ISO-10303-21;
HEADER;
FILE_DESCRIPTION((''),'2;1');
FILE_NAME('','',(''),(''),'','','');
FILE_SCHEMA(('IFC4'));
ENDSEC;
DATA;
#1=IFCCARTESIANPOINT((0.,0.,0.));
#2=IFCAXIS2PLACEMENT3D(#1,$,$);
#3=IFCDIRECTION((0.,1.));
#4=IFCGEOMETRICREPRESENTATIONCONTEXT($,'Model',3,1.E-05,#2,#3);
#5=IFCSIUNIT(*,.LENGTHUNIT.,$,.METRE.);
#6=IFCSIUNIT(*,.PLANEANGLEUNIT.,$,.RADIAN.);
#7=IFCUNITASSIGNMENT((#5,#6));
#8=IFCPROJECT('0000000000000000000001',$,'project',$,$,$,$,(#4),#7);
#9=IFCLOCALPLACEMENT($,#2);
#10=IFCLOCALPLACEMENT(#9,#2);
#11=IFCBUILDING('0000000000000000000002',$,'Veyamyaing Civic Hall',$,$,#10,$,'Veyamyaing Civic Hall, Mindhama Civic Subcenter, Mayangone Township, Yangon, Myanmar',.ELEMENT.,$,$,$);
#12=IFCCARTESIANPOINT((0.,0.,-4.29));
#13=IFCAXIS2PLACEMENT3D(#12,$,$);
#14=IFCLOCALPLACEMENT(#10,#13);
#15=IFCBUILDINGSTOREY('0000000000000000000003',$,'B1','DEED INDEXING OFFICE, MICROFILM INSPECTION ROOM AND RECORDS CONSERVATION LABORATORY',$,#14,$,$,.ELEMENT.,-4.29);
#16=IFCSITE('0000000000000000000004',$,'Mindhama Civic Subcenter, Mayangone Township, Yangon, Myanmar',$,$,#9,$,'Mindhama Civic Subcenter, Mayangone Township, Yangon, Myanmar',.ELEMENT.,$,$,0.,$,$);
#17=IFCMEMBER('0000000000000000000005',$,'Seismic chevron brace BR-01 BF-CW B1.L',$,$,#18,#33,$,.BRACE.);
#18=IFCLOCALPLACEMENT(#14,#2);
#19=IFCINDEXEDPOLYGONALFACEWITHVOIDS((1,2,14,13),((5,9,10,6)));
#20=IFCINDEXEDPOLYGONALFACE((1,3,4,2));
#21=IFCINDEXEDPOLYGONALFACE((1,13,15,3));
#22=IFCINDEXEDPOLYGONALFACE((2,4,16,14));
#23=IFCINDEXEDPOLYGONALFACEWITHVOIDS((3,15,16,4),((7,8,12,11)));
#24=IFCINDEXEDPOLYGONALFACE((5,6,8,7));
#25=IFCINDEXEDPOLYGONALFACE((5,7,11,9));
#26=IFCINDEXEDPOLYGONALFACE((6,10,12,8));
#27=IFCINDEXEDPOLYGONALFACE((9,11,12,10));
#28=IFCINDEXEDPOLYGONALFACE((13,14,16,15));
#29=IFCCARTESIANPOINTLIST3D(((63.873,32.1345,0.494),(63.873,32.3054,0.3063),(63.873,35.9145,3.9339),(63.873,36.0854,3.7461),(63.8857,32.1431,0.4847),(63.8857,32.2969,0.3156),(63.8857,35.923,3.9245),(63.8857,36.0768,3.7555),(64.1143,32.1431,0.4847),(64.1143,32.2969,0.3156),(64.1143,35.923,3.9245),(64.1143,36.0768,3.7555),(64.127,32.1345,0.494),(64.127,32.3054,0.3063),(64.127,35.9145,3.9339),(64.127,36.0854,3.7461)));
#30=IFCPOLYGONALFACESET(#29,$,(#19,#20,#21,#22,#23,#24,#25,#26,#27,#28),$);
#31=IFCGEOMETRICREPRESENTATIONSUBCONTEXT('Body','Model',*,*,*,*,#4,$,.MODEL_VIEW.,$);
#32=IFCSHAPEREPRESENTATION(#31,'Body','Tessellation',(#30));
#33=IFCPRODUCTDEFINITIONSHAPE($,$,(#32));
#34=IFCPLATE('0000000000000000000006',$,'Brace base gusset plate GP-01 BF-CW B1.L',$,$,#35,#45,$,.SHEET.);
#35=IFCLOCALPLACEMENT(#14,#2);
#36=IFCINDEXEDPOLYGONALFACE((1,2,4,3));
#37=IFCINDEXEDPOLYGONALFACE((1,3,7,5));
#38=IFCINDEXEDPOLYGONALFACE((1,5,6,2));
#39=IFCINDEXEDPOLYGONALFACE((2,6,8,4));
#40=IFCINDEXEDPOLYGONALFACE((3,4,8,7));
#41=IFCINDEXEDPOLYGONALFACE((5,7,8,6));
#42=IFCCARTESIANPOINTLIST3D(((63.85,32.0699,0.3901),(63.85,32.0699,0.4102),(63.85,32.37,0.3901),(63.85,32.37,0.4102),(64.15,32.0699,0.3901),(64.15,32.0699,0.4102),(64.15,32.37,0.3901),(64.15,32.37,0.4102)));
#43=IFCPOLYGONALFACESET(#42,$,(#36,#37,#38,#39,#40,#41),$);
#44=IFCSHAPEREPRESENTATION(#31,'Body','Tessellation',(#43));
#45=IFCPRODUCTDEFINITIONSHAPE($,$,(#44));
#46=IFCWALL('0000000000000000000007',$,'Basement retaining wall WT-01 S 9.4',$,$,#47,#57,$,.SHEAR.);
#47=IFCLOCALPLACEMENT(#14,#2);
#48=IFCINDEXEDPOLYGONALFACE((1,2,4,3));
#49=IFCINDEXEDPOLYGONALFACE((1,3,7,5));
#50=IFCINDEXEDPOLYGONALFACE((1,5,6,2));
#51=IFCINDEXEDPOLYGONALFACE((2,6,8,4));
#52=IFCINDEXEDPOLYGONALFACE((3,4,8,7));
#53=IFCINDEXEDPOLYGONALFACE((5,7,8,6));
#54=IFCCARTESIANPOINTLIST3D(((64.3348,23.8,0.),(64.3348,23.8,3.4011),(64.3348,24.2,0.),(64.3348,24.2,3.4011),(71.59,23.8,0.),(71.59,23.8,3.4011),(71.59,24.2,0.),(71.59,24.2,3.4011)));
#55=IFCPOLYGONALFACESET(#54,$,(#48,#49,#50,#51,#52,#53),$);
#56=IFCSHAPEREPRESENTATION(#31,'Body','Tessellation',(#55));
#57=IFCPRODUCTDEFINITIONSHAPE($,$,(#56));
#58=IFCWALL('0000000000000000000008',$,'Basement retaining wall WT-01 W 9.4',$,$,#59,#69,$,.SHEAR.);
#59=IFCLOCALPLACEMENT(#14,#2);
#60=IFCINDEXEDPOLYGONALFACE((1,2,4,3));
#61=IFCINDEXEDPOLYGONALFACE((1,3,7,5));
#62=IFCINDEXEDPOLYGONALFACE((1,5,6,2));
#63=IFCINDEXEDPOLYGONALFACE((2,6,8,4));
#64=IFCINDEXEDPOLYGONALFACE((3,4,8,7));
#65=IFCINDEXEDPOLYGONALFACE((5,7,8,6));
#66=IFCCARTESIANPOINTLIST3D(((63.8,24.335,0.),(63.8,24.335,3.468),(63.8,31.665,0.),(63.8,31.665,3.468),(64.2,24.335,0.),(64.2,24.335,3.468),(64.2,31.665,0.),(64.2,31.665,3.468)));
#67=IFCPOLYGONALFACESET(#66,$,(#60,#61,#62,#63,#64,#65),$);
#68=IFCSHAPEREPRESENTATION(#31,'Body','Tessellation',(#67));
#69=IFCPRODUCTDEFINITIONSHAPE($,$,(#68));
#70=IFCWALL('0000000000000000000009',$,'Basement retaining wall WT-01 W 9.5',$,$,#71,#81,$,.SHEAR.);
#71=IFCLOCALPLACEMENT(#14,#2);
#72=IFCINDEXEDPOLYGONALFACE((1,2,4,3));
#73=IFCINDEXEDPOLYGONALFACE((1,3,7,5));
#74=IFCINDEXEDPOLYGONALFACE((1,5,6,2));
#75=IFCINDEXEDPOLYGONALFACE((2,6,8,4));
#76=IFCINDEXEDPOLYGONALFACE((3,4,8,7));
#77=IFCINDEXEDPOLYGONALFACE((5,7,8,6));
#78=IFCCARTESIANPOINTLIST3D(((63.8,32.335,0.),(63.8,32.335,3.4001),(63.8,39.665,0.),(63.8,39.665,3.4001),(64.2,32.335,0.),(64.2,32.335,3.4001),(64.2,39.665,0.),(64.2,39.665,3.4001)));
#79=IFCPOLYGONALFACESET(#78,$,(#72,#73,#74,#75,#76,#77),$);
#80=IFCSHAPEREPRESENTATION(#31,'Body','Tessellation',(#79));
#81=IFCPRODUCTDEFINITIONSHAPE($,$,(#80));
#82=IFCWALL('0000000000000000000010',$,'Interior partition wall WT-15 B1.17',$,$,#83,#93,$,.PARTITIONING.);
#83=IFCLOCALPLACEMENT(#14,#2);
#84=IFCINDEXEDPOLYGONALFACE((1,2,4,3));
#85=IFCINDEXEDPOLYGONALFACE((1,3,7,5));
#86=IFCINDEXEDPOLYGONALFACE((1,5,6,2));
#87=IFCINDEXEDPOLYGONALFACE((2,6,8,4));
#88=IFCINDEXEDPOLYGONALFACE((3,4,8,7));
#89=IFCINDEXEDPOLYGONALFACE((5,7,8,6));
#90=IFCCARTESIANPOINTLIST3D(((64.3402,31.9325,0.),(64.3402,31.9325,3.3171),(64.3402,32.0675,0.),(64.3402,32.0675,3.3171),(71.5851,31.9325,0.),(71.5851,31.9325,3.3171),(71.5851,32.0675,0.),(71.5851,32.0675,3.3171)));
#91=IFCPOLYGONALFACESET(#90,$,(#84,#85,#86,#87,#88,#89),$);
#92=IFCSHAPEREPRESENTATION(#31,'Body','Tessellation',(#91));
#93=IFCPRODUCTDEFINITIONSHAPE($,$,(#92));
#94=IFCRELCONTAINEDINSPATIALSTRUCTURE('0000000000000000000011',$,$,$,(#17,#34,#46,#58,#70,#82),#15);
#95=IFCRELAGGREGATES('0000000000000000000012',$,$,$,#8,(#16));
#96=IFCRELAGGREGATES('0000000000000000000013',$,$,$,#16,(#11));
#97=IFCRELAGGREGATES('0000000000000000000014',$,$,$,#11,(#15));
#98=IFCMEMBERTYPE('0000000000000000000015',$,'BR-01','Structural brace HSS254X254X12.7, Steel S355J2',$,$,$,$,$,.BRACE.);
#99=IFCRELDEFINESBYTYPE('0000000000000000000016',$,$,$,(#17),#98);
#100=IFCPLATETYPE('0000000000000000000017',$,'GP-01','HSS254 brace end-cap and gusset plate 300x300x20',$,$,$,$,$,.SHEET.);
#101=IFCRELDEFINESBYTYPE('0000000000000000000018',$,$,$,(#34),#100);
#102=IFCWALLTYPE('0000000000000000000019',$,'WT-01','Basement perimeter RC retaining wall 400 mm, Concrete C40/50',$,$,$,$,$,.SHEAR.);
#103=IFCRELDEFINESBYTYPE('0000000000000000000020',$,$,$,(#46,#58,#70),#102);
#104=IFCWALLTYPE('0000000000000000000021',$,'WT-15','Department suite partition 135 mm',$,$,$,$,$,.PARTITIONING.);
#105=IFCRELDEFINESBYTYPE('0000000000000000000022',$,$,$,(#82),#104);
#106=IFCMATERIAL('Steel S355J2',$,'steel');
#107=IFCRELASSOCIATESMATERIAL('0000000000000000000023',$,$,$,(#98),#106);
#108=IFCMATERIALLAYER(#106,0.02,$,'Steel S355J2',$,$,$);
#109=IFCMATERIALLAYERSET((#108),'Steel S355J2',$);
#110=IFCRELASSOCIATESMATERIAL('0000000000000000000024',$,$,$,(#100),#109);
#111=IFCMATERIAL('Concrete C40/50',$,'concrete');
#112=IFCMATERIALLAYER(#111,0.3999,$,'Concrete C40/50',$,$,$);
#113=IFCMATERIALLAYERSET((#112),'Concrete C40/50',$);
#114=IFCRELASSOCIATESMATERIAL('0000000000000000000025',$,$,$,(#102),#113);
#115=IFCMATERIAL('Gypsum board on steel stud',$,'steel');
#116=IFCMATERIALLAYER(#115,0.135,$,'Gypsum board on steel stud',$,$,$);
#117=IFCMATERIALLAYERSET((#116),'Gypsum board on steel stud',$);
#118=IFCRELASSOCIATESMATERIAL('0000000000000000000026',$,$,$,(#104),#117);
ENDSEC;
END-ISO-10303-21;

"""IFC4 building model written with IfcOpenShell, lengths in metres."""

from ifc_helpers import new_model, si_unit, direction, frame, frame_2d, origin, origin_2d, place, context, subcontext, project, spatial, rectangle, hollow_rectangle, extrude, material, layer, layer_set, material_profile, profile_set, type_object, element, save


model = new_model("IFC4")

# Units and contexts
model_context = context("Model", 3, precision=1e-05, world=origin(), true_north=direction((0.0, 1.0)))
body_context = subcontext(model_context, "Body", "Model", "MODEL_VIEW")
ifc_project = project(units=[si_unit("LENGTHUNIT", "METRE"), si_unit("PLANEANGLEUNIT", "RADIAN")], contexts=[model_context])

# Site, building, storey
site_placement = place(None, origin())
site = spatial("IfcSite", under=ifc_project, at=site_placement, Name="Mindhama Civic Subcenter, Mayangone Township, Yangon, Myanmar", LongName="Mindhama Civic Subcenter, Mayangone Township, Yangon, Myanmar", CompositionType="ELEMENT", RefElevation=0.0)
building_placement = place(site_placement, origin())
building = spatial("IfcBuilding", under=site, at=building_placement, Name="Veyamyaing Civic Hall", LongName="Veyamyaing Civic Hall, Mindhama Civic Subcenter, Mayangone Township, Yangon, Myanmar", CompositionType="ELEMENT")
storey_placement = place(building_placement, frame((0.0, 0.0, -4.29)))
storey = spatial("IfcBuildingStorey", under=building, at=storey_placement, Name="B1", Description="DEED INDEXING OFFICE, MICROFILM INSPECTION ROOM AND RECORDS CONSERVATION LABORATORY", CompositionType="ELEMENT", Elevation=-4.29)

# Shared definitions
ifc_material_1 = material(Name="Concrete C40/50", Category="concrete")

# Shared definitions
ifc_material_2 = material(Name="Steel S355J2", Category="steel")

# Member
ifc_material_profile_1 = material_profile(ifc_material_2, hollow_rectangle(XDim=0.2539, YDim=0.2539, WallThickness=0.0127, at=origin_2d()), Name="HSS254X254X12.7")
ifc_profile_set_1 = profile_set([ifc_material_profile_1], Name="Steel S355J2")
member_type = type_object("IfcMemberType", Name="BR-01", Description="Structural brace HSS254X254X12.7, Steel S355J2", PredefinedType="BRACE", material=ifc_profile_set_1)
member_placement = place(storey_placement, frame((64.0, 32.22, 0.4001), z_axis=(0.0, 0.739594, 0.673053), x_axis=(-1.0, 0.0, 0.0)))
element("IfcMember", 1, at=member_placement, inside=storey, type_object=member_type, Name="Seismic chevron brace BR-01 BF-CW B1.L", PredefinedType="BRACE", context=body_context, shape_type="SweptSolid", body=[
    extrude(hollow_rectangle(XDim=0.2539, YDim=0.2539, WallThickness=0.0127, at=origin_2d()), origin(), (0.0, 0.0, 1.0), 5.1108),
])

# Plate
ifc_layer_1 = layer(ifc_material_2, 0.02, Name="Steel S355J2")
ifc_layer_set_1 = layer_set([ifc_layer_1], Name="Steel S355J2")
plate_type = type_object("IfcPlateType", Name="GP-01", Description="HSS254 brace end-cap and gusset plate 300x300x20", PredefinedType="SHEET", material=ifc_layer_set_1)
plate_placement = place(storey_placement, frame((64.0, 32.22, 0.3901), z_axis=(0.0, 0.0, 1.0), x_axis=(1.0, 0.0, 0.0)))
element("IfcPlate", 2, at=plate_placement, inside=storey, type_object=plate_type, Name="Brace base gusset plate GP-01 BF-CW B1.L", PredefinedType="SHEET", context=body_context, shape_type="SweptSolid", body=[
    extrude(rectangle(XDim=0.3, YDim=0.3, at=origin_2d()), origin(), (0.0, 0.0, 1.0), 0.02),
])

# Walls
ifc_layer_2 = layer(ifc_material_1, 0.3999, Name="Concrete C40/50")
ifc_layer_set_2 = layer_set([ifc_layer_2], Name="Concrete C40/50")
wall_type_1 = type_object("IfcWallType", Name="WT-01", Description="Basement perimeter RC retaining wall 400 mm, Concrete C40/50", PredefinedType="SHEAR", material=ifc_layer_set_2)
wall_1_placement = place(storey_placement, frame((64.335, 24.0, 0.0), z_axis=(0.0, 0.0, 1.0), x_axis=(1.0, 0.0, 0.0)))
element("IfcWall", 3, at=wall_1_placement, inside=storey, type_object=wall_type_1, Name="Basement retaining wall WT-01 S 9.4", PredefinedType="SHEAR", context=body_context, shape_type="SweptSolid", body=[
    extrude(rectangle(XDim=7.2551, YDim=0.3999, at=frame_2d((3.6274, 0.0))), origin(), (0.0, 0.0, 1.0), 3.4011),
])
wall_2_placement = place(storey_placement, frame((64.0, 24.335, 0.0), z_axis=(0.0, 0.0, 1.0), x_axis=(0.0, 1.0, 0.0)))
element("IfcWall", 4, at=wall_2_placement, inside=storey, type_object=wall_type_1, Name="Basement retaining wall WT-01 W 9.4", PredefinedType="SHEAR", context=body_context, shape_type="SweptSolid", body=[
    extrude(rectangle(XDim=7.3301, YDim=0.3999, at=frame_2d((3.665, 0.0))), origin(), (0.0, 0.0, 1.0), 3.468),
])
wall_3_placement = place(storey_placement, frame((64.0, 32.335, 0.0), z_axis=(0.0, 0.0, 1.0), x_axis=(0.0, 1.0, 0.0)))
element("IfcWall", 5, at=wall_3_placement, inside=storey, type_object=wall_type_1, Name="Basement retaining wall WT-01 W 9.5", PredefinedType="SHEAR", context=body_context, shape_type="SweptSolid", body=[
    extrude(rectangle(XDim=7.3301, YDim=0.3999, at=frame_2d((3.665, 0.0))), origin(), (0.0, 0.0, 1.0), 3.4001),
])
ifc_material_3 = material(Name="Gypsum board on steel stud", Category="steel")
ifc_layer_3 = layer(ifc_material_3, 0.135, Name="Gypsum board on steel stud")
ifc_layer_set_3 = layer_set([ifc_layer_3], Name="Gypsum board on steel stud")
wall_type_2 = type_object("IfcWallType", Name="WT-15", Description="Department suite partition 135 mm", PredefinedType="PARTITIONING", material=ifc_layer_set_3)
wall_4_placement = place(storey_placement, frame((64.3401, 32.0, 0.0), z_axis=(0.0, 0.0, 1.0), x_axis=(1.0, 0.0, 0.0)))
element("IfcWall", 6, at=wall_4_placement, inside=storey, type_object=wall_type_2, Name="Interior partition wall WT-15 B1.17", PredefinedType="PARTITIONING", context=body_context, shape_type="SweptSolid", body=[
    extrude(rectangle(XDim=7.2449, YDim=0.135, at=frame_2d((3.6226, 0.0))), origin(), (0.0, 0.0, 1.0), 3.3171),
])

save(model, "model.ifc")
